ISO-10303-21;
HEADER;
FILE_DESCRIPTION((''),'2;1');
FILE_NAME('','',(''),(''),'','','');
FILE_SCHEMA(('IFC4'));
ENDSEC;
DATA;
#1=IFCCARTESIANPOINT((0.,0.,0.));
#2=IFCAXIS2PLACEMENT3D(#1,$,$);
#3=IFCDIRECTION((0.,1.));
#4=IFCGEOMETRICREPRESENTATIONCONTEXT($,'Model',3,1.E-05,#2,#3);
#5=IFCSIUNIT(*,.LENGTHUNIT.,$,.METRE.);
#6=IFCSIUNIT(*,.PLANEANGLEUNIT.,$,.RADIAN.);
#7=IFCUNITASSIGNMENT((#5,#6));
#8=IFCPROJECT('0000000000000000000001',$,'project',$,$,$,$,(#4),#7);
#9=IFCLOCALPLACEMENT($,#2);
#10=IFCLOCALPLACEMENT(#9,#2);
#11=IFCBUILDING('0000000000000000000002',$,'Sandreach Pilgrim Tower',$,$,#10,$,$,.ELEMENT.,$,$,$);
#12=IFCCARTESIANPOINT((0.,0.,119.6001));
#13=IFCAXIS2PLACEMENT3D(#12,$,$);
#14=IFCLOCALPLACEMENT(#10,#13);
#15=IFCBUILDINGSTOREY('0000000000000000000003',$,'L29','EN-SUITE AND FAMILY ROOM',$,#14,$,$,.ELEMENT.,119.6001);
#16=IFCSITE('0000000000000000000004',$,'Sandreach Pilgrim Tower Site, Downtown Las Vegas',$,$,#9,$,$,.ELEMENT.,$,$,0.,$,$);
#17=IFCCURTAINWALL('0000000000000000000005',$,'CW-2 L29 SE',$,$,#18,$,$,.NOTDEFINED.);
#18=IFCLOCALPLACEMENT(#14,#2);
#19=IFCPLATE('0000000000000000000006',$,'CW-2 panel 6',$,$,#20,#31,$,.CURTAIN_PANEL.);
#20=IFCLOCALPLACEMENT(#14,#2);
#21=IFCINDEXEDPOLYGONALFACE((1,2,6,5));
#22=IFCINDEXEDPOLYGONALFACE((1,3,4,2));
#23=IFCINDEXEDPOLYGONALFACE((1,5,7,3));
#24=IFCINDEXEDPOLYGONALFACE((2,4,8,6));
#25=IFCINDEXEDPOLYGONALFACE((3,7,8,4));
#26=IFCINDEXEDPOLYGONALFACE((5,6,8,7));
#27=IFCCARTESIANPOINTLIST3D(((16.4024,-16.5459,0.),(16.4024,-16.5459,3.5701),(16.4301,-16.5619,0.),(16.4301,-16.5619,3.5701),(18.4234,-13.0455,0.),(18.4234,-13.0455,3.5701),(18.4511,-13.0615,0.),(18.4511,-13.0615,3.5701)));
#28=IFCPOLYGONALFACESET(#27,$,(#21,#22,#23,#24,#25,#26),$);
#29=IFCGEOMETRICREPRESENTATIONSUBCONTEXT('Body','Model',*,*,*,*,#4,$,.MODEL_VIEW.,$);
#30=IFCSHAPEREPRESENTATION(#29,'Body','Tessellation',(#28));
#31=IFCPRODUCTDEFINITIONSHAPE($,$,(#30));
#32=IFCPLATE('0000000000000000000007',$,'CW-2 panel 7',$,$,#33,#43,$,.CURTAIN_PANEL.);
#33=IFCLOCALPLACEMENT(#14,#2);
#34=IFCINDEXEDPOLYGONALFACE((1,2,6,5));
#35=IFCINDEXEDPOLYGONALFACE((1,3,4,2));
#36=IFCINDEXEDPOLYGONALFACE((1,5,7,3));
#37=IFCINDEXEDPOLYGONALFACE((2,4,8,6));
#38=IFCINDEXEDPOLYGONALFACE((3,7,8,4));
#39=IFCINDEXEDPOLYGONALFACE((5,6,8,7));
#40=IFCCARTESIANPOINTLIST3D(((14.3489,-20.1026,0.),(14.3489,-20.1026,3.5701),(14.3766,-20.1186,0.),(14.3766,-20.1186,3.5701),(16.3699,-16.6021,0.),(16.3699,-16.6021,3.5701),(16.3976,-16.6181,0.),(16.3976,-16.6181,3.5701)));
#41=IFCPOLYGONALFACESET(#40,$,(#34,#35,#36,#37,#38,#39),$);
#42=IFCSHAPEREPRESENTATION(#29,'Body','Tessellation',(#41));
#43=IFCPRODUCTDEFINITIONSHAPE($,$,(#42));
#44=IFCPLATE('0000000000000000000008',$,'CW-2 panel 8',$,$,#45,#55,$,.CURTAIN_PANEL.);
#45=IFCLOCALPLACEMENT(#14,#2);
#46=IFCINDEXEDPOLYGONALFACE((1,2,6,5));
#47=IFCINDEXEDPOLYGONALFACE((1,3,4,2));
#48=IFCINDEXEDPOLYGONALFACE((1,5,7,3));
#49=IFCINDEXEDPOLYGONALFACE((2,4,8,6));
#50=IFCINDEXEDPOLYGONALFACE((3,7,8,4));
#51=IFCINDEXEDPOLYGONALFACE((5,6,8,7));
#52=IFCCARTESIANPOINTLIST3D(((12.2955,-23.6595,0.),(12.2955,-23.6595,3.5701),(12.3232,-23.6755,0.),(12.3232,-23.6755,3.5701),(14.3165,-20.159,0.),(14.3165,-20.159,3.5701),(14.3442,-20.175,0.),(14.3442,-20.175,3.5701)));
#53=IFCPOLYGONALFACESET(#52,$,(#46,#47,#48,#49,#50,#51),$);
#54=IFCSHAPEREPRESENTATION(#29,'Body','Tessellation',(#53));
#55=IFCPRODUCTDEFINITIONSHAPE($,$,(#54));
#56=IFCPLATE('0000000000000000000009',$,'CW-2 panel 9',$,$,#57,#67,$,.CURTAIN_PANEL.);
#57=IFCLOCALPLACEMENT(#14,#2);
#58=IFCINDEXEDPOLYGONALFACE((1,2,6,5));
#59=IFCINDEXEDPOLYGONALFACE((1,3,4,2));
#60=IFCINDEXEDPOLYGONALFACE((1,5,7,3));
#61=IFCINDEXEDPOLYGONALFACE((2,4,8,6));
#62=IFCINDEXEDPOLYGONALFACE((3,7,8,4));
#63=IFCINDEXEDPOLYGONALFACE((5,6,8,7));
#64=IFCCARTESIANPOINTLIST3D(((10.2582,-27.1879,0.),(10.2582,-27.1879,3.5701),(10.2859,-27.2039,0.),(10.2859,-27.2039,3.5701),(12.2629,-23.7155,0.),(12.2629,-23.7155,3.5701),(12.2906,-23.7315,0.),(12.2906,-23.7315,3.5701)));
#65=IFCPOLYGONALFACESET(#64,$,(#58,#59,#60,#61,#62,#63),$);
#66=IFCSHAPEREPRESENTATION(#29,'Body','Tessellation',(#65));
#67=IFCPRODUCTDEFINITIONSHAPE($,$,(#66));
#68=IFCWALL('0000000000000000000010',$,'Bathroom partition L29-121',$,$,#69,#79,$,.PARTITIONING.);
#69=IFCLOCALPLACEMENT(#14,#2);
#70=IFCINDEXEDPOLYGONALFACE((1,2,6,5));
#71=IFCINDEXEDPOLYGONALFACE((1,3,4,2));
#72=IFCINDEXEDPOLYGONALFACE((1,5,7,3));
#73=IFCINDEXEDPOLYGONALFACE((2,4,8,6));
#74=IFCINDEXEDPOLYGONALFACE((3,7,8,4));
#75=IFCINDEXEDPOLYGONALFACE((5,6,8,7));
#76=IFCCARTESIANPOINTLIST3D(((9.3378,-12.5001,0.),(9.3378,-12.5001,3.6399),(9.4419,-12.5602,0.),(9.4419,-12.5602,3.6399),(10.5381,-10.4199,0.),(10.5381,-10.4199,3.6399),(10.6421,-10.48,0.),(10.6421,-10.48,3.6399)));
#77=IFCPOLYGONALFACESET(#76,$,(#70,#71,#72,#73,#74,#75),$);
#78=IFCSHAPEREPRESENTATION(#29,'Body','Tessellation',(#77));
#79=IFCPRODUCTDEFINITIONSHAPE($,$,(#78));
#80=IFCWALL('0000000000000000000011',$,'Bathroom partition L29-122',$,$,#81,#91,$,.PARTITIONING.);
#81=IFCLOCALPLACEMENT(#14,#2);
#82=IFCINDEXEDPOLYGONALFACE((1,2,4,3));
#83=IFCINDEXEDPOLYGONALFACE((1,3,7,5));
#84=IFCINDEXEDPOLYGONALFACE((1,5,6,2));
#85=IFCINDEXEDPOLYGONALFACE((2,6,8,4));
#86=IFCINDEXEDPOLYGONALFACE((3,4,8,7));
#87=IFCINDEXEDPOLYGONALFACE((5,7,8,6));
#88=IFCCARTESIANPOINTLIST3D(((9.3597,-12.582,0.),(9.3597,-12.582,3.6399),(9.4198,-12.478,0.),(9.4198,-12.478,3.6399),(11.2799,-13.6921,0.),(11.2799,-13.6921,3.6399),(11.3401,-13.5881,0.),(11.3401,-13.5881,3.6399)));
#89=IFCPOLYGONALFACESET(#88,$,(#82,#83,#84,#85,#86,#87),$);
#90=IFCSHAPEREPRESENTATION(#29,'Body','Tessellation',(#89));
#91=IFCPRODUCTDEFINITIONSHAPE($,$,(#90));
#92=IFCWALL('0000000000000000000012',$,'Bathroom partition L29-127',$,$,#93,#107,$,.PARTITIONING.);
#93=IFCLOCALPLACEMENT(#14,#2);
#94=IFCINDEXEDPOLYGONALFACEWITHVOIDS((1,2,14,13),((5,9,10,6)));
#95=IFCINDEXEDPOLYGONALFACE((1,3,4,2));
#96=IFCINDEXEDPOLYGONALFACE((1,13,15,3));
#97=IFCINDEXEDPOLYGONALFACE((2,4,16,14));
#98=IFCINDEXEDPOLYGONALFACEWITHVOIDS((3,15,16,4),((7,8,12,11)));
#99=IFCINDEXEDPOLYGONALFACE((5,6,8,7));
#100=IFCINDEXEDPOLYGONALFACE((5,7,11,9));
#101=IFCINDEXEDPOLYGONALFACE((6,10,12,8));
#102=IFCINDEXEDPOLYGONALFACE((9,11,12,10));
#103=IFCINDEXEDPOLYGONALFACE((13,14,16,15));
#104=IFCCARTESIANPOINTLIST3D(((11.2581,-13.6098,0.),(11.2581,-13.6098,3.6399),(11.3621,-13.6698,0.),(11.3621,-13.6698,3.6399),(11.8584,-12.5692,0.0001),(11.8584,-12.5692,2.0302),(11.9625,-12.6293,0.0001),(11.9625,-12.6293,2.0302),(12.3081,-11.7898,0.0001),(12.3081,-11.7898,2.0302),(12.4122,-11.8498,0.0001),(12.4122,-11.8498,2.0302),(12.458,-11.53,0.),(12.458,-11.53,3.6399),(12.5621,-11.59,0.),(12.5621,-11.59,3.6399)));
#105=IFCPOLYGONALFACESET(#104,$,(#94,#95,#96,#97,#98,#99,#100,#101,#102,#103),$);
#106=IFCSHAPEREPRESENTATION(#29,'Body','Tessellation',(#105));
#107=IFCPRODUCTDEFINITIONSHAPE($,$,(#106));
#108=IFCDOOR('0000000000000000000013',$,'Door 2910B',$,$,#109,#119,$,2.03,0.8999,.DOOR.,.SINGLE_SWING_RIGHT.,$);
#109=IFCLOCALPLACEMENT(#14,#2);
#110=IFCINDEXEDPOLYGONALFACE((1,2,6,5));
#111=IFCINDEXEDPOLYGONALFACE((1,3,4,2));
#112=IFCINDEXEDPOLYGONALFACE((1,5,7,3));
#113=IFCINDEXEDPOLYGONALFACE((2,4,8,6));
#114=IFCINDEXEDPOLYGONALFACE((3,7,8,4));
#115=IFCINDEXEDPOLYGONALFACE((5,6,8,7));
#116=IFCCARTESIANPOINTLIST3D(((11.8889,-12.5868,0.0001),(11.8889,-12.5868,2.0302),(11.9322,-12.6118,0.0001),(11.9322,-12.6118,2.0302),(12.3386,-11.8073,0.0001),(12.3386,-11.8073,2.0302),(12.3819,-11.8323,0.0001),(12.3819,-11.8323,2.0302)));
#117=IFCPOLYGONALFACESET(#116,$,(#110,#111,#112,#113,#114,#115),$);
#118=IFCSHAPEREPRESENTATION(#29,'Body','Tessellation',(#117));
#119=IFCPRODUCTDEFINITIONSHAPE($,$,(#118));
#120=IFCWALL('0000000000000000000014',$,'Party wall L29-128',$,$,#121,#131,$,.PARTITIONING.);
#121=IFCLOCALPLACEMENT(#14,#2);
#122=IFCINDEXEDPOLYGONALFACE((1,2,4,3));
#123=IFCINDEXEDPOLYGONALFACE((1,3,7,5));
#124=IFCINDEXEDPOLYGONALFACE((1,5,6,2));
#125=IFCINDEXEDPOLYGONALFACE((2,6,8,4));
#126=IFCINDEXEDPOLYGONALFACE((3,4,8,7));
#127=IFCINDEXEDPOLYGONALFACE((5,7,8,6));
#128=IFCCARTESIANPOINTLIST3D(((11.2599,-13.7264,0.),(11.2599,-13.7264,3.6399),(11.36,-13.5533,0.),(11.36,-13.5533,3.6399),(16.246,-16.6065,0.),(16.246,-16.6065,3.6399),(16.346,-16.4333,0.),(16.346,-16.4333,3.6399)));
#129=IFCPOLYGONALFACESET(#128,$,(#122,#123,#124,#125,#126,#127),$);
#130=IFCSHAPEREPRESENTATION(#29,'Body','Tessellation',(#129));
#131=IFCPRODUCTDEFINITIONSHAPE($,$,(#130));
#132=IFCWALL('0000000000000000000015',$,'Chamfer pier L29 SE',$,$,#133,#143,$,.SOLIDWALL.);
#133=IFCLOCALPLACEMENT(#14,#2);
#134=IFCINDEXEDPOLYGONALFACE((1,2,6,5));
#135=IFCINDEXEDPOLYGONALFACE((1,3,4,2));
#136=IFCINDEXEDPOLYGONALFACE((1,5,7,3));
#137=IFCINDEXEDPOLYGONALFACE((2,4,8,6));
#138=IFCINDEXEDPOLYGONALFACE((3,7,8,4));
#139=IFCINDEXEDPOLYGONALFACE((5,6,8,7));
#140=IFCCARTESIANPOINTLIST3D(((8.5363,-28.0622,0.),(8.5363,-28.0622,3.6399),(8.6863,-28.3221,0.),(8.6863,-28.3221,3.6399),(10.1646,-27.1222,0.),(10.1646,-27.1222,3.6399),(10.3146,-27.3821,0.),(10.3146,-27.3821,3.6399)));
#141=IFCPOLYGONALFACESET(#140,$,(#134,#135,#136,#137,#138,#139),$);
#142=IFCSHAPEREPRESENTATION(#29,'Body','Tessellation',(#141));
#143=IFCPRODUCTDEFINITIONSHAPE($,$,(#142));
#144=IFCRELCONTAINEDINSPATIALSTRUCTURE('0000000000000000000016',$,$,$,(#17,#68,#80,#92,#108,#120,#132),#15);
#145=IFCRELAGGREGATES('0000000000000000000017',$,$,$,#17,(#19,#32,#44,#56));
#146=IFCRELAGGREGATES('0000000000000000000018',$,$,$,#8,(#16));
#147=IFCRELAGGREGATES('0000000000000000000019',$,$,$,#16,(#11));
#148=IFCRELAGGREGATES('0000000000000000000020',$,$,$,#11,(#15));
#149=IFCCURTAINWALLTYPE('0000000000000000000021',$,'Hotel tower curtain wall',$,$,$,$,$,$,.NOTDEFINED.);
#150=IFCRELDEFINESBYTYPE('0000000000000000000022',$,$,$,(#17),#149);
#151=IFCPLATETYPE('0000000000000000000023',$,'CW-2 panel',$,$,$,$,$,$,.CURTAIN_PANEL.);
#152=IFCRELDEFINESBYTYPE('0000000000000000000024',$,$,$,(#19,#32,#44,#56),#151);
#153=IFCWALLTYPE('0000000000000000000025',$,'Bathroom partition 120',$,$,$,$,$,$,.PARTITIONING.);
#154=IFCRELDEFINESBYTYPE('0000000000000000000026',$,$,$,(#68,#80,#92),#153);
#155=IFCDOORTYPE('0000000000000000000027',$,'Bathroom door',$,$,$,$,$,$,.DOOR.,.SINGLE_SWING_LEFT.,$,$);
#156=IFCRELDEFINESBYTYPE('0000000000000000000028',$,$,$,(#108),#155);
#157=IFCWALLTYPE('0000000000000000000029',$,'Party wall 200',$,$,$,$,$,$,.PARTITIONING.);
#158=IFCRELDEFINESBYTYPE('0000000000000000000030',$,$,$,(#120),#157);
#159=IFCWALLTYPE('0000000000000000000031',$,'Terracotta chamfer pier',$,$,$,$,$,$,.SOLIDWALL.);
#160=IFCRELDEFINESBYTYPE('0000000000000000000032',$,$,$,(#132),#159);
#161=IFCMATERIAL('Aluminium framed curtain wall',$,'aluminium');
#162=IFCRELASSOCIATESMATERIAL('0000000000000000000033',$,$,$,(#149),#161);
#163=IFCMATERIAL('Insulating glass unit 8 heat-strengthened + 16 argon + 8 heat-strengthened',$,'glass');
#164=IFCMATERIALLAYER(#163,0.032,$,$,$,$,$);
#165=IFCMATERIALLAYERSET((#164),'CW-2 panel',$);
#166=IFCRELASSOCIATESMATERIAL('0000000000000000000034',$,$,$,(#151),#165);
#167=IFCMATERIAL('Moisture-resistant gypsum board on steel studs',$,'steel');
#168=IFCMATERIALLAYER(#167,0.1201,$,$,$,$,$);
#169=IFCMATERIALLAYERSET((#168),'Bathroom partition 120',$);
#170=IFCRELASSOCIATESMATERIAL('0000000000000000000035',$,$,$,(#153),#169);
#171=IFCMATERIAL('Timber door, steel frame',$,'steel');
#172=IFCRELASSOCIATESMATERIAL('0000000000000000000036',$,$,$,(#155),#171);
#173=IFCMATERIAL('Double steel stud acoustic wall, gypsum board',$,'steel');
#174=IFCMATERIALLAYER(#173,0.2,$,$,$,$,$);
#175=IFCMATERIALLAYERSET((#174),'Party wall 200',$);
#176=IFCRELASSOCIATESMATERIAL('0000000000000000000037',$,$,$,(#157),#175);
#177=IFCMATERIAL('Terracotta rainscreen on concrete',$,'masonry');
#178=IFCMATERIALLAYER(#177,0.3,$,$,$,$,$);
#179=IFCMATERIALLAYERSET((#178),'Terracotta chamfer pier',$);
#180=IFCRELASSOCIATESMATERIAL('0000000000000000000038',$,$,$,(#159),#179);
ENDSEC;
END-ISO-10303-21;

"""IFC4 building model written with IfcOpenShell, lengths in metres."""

from ifc_helpers import new_model, si_unit, direction, frame, frame_2d, origin, origin_2d, place, context, subcontext, project, spatial, rectangle, extrude, material, layer, layer_set, type_object, element, fill, aggregate, save


model = new_model("IFC4")

# Units and contexts
model_context = context("Model", 3, precision=1e-05, world=origin(), true_north=direction((0.0, 1.0)))
body_context = subcontext(model_context, "Body", "Model", "MODEL_VIEW")
ifc_project = project(units=[si_unit("LENGTHUNIT", "METRE"), si_unit("PLANEANGLEUNIT", "RADIAN")], contexts=[model_context])

# Site, building, storey
site_placement = place(None, origin())
site = spatial("IfcSite", under=ifc_project, at=site_placement, Name="Sandreach Pilgrim Tower Site, Downtown Las Vegas", CompositionType="ELEMENT", RefElevation=0.0)
building_placement = place(site_placement, origin())
building = spatial("IfcBuilding", under=site, at=building_placement, Name="Sandreach Pilgrim Tower", CompositionType="ELEMENT")
storey_placement = place(building_placement, frame((0.0, 0.0, 119.6001)))
storey = spatial("IfcBuildingStorey", under=building, at=storey_placement, Name="L29", Description="EN-SUITE AND FAMILY ROOM", CompositionType="ELEMENT", Elevation=119.6001)

# Curtain wall
ifc_material_1 = material(Name="Aluminium framed curtain wall", Category="aluminium")
curtain_wall_type = type_object("IfcCurtainWallType", Name="Hotel tower curtain wall", PredefinedType="NOTDEFINED", material=ifc_material_1)
curtain_wall_placement = place(storey_placement, origin())
curtain_wall = element("IfcCurtainWall", 1, at=curtain_wall_placement, inside=storey, type_object=curtain_wall_type, Name="CW-2 L29 SE", PredefinedType="NOTDEFINED")

# Plates
ifc_material_2 = material(Name="Insulating glass unit 8 heat-strengthened + 16 argon + 8 heat-strengthened", Category="glass")
ifc_layer_1 = layer(ifc_material_2, 0.032)
ifc_layer_set_1 = layer_set([ifc_layer_1], Name="CW-2 panel")
plate_type = type_object("IfcPlateType", Name="CW-2 panel", PredefinedType="CURTAIN_PANEL", material=ifc_layer_set_1)
plate_1_placement = place(storey_placement, frame((17.4268, -14.8037, 0.0), z_axis=(0.0, 0.0, 1.0), x_axis=(-0.5, -0.866025, 0.0)))
plate_1 = element("IfcPlate", 2, at=plate_1_placement, type_object=plate_type, Name="CW-2 panel 6", PredefinedType="CURTAIN_PANEL", context=body_context, shape_type="SweptSolid", body=[
    extrude(rectangle(XDim=4.042, YDim=0.032, at=origin_2d()), origin(), (0.0, 0.0, 1.0), 3.5701),
])
plate_2_placement = place(storey_placement, frame((15.3733, -18.3604, 0.0), z_axis=(0.0, 0.0, 1.0), x_axis=(-0.5, -0.866025, 0.0)))
plate_2 = element("IfcPlate", 3, at=plate_2_placement, type_object=plate_type, Name="CW-2 panel 7", PredefinedType="CURTAIN_PANEL", context=body_context, shape_type="SweptSolid", body=[
    extrude(rectangle(XDim=4.042, YDim=0.032, at=origin_2d()), origin(), (0.0, 0.0, 1.0), 3.5701),
])
plate_3_placement = place(storey_placement, frame((13.3198, -21.9172, 0.0), z_axis=(0.0, 0.0, 1.0), x_axis=(-0.5, -0.866025, 0.0)))
plate_3 = element("IfcPlate", 4, at=plate_3_placement, type_object=plate_type, Name="CW-2 panel 8", PredefinedType="CURTAIN_PANEL", context=body_context, shape_type="SweptSolid", body=[
    extrude(rectangle(XDim=4.042, YDim=0.032, at=origin_2d()), origin(), (0.0, 0.0, 1.0), 3.5701),
])
plate_4_placement = place(storey_placement, frame((11.2744, -25.4597, 0.0), z_axis=(0.0, 0.0, 1.0), x_axis=(-0.5, -0.866025, 0.0)))
plate_4 = element("IfcPlate", 5, at=plate_4_placement, type_object=plate_type, Name="CW-2 panel 9", PredefinedType="CURTAIN_PANEL", context=body_context, shape_type="SweptSolid", body=[
    extrude(rectangle(XDim=4.0095, YDim=0.032, at=origin_2d()), origin(), (0.0, 0.0, 1.0), 3.5701),
])
aggregate(curtain_wall, [plate_1, plate_2, plate_3, plate_4])

# Walls
ifc_material_3 = material(Name="Moisture-resistant gypsum board on steel studs", Category="steel")
ifc_layer_2 = layer(ifc_material_3, 0.1201)
ifc_layer_set_2 = layer_set([ifc_layer_2], Name="Bathroom partition 120")
wall_type_1 = type_object("IfcWallType", Name="Bathroom partition 120", PredefinedType="PARTITIONING", material=ifc_layer_set_2)
wall_1_placement = place(storey_placement, frame((9.3899, -12.53, 0.0), z_axis=(0.0, 0.0, 1.0), x_axis=(0.499769, 0.866159, 0.0)))
element("IfcWall", 6, at=wall_1_placement, inside=storey, type_object=wall_type_1, Name="Bathroom partition L29-121", PredefinedType="PARTITIONING", context=body_context, shape_type="SweptSolid", body=[
    extrude(rectangle(XDim=2.4016, YDim=0.1201, at=frame_2d((1.2007, 0.0))), origin(), (0.0, 0.0, 1.0), 3.6399),
])
wall_2_placement = place(storey_placement, frame((9.3899, -12.53, 0.0), z_axis=(0.0, 0.0, 1.0), x_axis=(0.865733, -0.500507, 0.0)))
element("IfcWall", 7, at=wall_2_placement, inside=storey, type_object=wall_type_1, Name="Bathroom partition L29-122", PredefinedType="PARTITIONING", context=body_context, shape_type="SweptSolid", body=[
    extrude(rectangle(XDim=2.218, YDim=0.1201, at=frame_2d((1.1089, 0.0))), origin(), (0.0, 0.0, 1.0), 3.6399),
])

# Wall, opening, door
wall_3_placement = place(storey_placement, frame((11.3101, -13.6399, 0.0), z_axis=(0.0, 0.0, 1.0), x_axis=(0.499737, 0.866177, 0.0)))
wall_3 = element("IfcWall", 8, at=wall_3_placement, inside=storey, type_object=wall_type_1, Name="Bathroom partition L29-127", PredefinedType="PARTITIONING", context=body_context, shape_type="SweptSolid", body=[
    extrude(rectangle(XDim=2.4011, YDim=0.1201, at=frame_2d((1.2007, 0.0))), origin(), (0.0, 0.0, 1.0), 3.6399),
])
opening_placement = place(wall_3_placement, frame((1.2014, 0.0, 0.0)))
opening = element("IfcOpeningElement", 9, at=opening_placement, cuts=wall_3, PredefinedType="OPENING", context=body_context, shape_type="SweptSolid", body=[
    extrude(rectangle(XDim=0.8999, YDim=2.03, at=frame_2d((0.45, 1.0151))), frame((0.0, 0.0601, 0.0), z_axis=(0.0, -1.0, 0.0), x_axis=(1.0, 0.0, 0.0)), (0.0, 0.0, 1.0), 0.1201),
])
ifc_material_4 = material(Name="Timber door, steel frame", Category="steel")
door_type = type_object("IfcDoorType", Name="Bathroom door", OperationType="SINGLE_SWING_LEFT", PredefinedType="DOOR", material=ifc_material_4)
door_placement = place(opening_placement, origin())
door = element("IfcDoor", 10, at=door_placement, inside=storey, type_object=door_type, Name="Door 2910B", OperationType="SINGLE_SWING_RIGHT", OverallHeight=2.03, OverallWidth=0.8999, PredefinedType="DOOR", context=body_context, shape_type="SweptSolid", body=[
    extrude(rectangle(XDim=0.8999, YDim=2.03, at=frame_2d((0.45, 1.0151))), frame((0.0, 0.0249, 0.0), z_axis=(0.0, -1.0, 0.0), x_axis=(1.0, 0.0, 0.0)), (0.0, 0.0, 1.0), 0.05),
])
fill(opening, door)

# Walls
ifc_material_5 = material(Name="Double steel stud acoustic wall, gypsum board", Category="steel")
ifc_layer_3 = layer(ifc_material_5, 0.2)
ifc_layer_set_3 = layer_set([ifc_layer_3], Name="Party wall 200")
wall_type_2 = type_object("IfcWallType", Name="Party wall 200", PredefinedType="PARTITIONING", material=ifc_layer_set_3)
wall_4_placement = place(storey_placement, frame((11.3101, -13.6399, 0.0), z_axis=(0.0, 0.0, 1.0), x_axis=(0.865919, -0.500184, 0.0)))
element("IfcWall", 11, at=wall_4_placement, inside=storey, type_object=wall_type_2, Name="Party wall L29-128", PredefinedType="PARTITIONING", context=body_context, shape_type="SweptSolid", body=[
    extrude(rectangle(XDim=5.7581, YDim=0.2, at=frame_2d((2.8789, 0.0))), origin(), (0.0, 0.0, 1.0), 3.6399),
])
ifc_material_6 = material(Name="Terracotta rainscreen on concrete", Category="masonry")
ifc_layer_4 = layer(ifc_material_6, 0.3)
ifc_layer_set_4 = layer_set([ifc_layer_4], Name="Terracotta chamfer pier")
wall_type_3 = type_object("IfcWallType", Name="Terracotta chamfer pier", PredefinedType="SOLIDWALL", material=ifc_layer_set_4)
wall_5_placement = place(storey_placement, frame((10.2395, -27.2522, 0.0), z_axis=(0.0, 0.0, 1.0), x_axis=(-0.866045, -0.499966, 0.0)))
element("IfcWall", 12, at=wall_5_placement, inside=storey, type_object=wall_type_3, Name="Chamfer pier L29 SE", PredefinedType="SOLIDWALL", context=body_context, shape_type="SweptSolid", body=[
    extrude(rectangle(XDim=1.8801, YDim=0.3, at=frame_2d((0.9399, 0.0))), origin(), (0.0, 0.0, 1.0), 3.6399),
])

save(model, "model.ifc")
